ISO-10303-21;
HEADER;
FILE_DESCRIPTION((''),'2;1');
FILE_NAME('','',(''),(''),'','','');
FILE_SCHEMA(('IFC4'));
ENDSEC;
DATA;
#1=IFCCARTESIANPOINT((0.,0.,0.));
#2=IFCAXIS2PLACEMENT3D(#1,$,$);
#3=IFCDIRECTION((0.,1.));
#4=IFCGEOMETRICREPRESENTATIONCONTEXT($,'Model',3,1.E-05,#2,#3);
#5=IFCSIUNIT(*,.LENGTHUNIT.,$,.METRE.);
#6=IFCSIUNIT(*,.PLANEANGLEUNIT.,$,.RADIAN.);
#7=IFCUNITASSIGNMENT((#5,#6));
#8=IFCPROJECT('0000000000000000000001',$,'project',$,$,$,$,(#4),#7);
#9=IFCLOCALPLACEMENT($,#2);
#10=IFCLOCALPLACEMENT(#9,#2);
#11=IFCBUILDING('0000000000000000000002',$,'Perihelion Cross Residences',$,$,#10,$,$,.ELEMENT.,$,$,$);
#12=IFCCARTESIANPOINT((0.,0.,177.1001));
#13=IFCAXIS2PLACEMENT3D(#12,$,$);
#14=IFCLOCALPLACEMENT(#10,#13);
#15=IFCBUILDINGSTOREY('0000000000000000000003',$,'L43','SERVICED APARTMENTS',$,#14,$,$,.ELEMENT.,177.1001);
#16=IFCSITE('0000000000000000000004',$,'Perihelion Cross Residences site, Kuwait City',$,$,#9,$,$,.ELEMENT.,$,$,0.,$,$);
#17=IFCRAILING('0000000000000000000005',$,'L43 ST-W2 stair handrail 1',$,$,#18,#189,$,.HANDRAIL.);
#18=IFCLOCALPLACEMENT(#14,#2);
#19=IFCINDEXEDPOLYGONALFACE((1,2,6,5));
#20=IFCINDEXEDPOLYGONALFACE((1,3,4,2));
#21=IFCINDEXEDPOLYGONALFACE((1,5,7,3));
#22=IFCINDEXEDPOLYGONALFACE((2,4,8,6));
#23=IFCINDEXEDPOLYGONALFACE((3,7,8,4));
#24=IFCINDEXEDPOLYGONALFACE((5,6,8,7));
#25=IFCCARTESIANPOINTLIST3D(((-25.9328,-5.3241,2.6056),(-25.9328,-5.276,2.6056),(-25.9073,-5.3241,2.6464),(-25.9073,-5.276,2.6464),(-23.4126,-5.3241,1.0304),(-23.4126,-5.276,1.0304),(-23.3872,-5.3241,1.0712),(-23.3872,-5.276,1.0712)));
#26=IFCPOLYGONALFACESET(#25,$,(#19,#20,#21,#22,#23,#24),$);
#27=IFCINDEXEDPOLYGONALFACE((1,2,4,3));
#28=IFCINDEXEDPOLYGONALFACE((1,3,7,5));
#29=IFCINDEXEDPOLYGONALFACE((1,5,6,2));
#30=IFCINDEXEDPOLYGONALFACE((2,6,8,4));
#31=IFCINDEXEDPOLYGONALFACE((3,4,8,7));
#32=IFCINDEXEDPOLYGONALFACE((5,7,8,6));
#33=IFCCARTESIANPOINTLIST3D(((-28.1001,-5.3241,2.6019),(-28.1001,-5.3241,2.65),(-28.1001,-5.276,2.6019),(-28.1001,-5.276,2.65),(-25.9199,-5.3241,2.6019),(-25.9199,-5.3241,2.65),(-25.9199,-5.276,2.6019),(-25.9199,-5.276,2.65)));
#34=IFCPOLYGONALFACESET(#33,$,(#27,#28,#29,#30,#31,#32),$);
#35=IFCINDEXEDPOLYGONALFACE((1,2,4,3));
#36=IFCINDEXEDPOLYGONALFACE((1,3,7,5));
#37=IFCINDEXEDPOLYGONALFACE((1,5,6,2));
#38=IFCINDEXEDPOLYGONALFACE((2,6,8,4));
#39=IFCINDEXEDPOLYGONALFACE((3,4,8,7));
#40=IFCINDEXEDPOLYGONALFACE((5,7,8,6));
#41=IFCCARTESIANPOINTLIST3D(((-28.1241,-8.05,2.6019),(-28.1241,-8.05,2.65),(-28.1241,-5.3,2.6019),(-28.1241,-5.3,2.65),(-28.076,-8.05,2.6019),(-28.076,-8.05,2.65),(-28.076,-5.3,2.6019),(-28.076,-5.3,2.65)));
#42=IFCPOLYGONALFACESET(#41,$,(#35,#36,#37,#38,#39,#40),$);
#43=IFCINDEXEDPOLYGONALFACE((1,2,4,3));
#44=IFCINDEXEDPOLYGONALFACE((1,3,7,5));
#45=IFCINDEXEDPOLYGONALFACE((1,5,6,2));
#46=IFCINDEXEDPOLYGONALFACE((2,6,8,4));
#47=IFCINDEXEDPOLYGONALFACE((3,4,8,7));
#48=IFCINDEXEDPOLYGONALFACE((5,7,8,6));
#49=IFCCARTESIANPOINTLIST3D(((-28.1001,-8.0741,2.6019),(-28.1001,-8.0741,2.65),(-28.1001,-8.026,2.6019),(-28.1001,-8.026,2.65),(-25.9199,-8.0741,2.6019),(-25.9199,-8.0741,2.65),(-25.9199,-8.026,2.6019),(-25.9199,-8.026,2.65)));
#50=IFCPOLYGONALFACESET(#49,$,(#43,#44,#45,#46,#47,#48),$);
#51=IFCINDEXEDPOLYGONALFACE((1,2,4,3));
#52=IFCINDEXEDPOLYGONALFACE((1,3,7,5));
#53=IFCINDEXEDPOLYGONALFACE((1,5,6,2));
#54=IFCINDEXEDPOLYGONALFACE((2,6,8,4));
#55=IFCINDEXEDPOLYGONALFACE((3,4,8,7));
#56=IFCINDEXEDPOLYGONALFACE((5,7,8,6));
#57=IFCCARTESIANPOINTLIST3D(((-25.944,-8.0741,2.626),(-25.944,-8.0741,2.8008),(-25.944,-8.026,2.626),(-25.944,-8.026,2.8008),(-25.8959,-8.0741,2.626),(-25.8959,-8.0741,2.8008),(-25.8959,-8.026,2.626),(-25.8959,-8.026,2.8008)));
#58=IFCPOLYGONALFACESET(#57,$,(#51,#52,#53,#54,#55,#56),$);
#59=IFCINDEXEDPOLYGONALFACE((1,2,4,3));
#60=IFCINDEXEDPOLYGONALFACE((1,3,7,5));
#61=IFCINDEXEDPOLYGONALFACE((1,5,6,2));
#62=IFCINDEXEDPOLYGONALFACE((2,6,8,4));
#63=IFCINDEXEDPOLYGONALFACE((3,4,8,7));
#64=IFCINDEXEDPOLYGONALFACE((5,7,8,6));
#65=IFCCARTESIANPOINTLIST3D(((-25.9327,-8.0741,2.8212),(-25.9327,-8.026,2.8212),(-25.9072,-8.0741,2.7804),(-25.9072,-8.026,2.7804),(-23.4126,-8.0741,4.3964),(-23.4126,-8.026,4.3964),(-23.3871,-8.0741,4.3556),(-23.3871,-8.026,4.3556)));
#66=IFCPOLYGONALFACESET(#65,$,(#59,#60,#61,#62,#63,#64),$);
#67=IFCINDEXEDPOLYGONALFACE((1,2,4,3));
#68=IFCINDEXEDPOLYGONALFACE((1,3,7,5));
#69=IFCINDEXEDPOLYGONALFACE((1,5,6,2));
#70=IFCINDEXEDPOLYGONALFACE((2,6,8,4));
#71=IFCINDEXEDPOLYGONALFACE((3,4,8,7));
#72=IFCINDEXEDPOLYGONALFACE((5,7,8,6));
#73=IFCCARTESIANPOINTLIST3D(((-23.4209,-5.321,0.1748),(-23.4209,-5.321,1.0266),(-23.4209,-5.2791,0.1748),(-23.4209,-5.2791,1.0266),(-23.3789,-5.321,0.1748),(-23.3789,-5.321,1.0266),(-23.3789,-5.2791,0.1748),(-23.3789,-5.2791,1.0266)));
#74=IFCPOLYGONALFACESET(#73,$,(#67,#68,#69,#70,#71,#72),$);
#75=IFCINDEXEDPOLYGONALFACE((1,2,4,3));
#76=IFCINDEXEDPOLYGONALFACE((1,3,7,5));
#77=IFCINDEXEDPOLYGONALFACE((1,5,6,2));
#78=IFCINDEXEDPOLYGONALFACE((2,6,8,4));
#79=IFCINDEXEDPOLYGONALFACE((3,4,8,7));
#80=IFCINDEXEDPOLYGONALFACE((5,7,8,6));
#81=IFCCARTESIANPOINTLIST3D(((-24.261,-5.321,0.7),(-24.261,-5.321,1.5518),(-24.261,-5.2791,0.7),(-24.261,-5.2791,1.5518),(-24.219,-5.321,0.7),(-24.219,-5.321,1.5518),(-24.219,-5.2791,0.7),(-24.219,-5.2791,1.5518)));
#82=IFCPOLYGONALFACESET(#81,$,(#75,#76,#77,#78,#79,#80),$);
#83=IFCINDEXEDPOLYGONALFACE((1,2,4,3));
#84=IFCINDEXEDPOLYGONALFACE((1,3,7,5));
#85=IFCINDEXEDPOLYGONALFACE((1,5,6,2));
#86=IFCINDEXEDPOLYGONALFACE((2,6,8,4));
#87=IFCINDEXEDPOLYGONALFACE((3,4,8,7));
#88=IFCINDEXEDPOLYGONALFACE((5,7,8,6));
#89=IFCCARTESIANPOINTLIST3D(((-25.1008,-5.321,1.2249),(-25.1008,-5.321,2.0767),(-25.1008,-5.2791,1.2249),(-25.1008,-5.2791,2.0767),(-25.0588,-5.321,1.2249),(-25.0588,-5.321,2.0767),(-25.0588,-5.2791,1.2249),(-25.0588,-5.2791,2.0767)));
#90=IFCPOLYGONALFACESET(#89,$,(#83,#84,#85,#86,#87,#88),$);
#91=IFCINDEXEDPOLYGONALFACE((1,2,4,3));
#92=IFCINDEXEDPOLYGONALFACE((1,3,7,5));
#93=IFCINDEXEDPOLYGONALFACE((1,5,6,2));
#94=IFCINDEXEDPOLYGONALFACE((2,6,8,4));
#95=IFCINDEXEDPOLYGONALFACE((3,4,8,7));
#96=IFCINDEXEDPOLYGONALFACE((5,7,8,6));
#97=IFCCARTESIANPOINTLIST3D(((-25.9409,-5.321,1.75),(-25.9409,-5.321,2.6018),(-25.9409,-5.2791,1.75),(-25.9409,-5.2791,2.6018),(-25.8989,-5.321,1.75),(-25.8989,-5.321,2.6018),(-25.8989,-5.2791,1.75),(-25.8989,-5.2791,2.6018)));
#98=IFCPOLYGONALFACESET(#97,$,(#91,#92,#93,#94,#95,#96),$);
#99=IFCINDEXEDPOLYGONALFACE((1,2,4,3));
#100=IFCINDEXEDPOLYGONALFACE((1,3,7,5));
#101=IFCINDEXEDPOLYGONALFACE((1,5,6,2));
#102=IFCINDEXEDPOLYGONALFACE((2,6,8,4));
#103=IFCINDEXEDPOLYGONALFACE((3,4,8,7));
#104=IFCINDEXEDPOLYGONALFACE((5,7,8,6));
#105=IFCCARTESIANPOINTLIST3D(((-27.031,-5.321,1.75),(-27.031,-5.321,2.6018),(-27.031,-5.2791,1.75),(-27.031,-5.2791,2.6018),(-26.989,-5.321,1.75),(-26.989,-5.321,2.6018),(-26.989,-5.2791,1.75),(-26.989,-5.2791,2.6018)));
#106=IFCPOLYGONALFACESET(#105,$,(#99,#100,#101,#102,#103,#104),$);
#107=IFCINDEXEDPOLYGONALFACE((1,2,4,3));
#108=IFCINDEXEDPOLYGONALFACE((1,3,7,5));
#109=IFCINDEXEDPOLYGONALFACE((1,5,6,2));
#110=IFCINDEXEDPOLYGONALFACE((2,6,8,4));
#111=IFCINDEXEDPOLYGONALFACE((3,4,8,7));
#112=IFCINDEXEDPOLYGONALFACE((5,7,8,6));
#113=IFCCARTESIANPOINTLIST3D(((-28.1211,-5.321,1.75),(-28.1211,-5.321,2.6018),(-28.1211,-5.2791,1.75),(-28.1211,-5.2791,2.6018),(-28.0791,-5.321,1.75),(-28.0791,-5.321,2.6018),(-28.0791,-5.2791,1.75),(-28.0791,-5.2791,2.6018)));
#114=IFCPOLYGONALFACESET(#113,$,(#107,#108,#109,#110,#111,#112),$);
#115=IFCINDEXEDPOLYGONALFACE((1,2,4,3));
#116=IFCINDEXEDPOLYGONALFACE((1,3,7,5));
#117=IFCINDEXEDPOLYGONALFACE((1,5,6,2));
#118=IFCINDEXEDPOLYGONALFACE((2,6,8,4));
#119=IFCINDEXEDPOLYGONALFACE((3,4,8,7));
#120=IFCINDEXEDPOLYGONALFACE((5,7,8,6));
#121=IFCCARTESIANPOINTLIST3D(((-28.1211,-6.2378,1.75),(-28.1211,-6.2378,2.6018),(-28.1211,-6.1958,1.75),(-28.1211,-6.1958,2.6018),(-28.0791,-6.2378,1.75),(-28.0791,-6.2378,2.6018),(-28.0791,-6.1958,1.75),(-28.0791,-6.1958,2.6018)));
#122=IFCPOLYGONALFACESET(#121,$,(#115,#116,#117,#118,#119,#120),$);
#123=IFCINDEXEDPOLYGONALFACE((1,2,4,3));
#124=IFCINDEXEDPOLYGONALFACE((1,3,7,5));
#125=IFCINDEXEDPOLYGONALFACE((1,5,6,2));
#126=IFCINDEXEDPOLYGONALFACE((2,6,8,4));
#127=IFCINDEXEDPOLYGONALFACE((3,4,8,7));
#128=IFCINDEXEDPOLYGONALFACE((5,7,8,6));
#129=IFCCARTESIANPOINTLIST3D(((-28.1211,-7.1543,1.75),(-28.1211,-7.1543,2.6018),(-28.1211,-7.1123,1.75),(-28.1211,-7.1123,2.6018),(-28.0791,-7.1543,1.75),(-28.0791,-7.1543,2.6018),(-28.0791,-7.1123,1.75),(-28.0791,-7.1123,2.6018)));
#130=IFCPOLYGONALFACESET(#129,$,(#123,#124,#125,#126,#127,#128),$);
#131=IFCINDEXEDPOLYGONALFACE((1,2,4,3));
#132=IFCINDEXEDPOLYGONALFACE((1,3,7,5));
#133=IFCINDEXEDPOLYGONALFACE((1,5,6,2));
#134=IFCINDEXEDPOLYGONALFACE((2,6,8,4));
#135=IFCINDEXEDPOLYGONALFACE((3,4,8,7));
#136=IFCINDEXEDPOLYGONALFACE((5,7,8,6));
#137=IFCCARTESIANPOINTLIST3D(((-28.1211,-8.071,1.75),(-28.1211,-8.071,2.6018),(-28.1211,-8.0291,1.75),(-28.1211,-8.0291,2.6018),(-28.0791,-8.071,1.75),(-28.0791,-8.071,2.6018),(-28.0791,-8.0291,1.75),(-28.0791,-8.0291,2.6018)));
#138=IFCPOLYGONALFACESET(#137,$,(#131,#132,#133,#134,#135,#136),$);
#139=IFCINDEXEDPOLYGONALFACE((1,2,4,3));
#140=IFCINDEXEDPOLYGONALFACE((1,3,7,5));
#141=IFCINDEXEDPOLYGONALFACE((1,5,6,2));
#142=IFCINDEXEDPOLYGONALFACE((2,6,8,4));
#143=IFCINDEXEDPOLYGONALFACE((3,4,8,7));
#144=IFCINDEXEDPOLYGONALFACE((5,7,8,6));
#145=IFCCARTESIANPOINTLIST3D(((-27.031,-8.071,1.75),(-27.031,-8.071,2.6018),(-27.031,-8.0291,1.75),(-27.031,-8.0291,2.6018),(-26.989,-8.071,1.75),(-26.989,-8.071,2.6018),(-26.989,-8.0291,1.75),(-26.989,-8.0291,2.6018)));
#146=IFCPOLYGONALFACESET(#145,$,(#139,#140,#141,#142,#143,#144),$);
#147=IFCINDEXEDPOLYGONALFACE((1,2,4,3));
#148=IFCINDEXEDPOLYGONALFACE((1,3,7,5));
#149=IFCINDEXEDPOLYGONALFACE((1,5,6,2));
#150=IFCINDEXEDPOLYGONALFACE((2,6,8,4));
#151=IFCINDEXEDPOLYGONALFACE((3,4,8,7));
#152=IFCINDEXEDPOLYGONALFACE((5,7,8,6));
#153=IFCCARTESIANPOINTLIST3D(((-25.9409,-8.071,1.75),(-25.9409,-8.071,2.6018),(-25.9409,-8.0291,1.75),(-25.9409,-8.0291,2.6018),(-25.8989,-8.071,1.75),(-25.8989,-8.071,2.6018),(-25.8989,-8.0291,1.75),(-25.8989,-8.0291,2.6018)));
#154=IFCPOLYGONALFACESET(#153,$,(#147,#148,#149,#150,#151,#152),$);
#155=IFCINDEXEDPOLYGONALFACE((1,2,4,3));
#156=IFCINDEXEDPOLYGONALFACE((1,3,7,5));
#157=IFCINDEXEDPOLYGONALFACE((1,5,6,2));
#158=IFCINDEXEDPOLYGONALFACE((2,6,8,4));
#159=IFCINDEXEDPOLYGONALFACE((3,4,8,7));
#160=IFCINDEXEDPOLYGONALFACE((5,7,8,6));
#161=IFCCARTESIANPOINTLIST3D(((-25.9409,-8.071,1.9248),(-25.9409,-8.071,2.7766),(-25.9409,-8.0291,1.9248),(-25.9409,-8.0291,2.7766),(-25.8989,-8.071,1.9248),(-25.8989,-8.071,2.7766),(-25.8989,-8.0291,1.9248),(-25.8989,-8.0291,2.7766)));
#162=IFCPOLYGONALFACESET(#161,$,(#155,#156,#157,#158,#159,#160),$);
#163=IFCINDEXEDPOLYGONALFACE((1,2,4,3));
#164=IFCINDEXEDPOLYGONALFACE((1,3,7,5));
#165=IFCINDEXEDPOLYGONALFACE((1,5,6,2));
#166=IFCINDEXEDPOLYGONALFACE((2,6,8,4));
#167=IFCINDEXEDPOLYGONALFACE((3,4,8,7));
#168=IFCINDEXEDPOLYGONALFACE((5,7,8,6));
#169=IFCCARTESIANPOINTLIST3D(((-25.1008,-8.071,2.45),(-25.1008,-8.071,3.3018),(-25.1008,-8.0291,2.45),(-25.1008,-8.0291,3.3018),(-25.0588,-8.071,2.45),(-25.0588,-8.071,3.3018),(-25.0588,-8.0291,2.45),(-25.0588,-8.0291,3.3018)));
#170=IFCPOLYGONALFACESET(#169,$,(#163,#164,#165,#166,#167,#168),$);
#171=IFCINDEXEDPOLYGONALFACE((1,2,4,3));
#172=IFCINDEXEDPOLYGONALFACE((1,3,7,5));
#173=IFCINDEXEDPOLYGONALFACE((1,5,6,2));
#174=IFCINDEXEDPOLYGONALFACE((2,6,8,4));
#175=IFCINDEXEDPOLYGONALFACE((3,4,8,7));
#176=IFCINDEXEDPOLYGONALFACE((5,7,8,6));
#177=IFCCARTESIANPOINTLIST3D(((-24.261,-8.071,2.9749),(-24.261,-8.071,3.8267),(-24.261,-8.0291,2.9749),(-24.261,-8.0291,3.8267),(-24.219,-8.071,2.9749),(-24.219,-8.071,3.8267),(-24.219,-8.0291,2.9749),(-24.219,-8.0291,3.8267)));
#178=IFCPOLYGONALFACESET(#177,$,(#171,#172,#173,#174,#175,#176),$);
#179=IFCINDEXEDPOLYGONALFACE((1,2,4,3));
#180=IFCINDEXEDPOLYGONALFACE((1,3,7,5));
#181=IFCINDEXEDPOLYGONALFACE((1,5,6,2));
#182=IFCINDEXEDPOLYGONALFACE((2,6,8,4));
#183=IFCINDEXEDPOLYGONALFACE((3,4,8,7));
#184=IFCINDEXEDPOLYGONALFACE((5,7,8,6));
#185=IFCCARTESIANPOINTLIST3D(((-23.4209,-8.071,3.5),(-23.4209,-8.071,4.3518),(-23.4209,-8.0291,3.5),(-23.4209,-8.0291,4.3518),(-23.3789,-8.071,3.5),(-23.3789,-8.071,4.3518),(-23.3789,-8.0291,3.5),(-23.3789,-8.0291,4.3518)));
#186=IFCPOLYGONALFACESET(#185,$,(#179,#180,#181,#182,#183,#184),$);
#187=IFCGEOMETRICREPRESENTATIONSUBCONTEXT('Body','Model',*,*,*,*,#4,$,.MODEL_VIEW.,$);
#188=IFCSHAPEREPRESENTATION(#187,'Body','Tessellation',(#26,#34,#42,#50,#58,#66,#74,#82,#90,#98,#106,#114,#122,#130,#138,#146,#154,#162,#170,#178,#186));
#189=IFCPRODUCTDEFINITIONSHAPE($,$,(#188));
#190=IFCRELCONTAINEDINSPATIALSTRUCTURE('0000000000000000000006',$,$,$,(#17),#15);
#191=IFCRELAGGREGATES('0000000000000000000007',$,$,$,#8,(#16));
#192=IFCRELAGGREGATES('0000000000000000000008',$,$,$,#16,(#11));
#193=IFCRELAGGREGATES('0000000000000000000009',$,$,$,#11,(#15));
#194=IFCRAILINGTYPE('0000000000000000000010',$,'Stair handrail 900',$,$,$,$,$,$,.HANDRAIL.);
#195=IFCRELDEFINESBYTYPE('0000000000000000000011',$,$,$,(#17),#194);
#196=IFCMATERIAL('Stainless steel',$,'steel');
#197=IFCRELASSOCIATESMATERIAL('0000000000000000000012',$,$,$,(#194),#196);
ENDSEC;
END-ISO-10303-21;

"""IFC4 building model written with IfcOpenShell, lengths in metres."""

from ifc_helpers import new_model, si_unit, direction, frame, origin, origin_2d, place, context, subcontext, project, spatial, rectangle, extrude, material, type_object, element, save


model = new_model("IFC4")

# Units and contexts
model_context = context("Model", 3, precision=1e-05, world=origin(), true_north=direction((0.0, 1.0)))
body_context = subcontext(model_context, "Body", "Model", "MODEL_VIEW")
ifc_project = project(units=[si_unit("LENGTHUNIT", "METRE"), si_unit("PLANEANGLEUNIT", "RADIAN")], contexts=[model_context])

# Site, building, storey
site_placement = place(None, origin())
site = spatial("IfcSite", under=ifc_project, at=site_placement, Name="Perihelion Cross Residences site, Kuwait City", CompositionType="ELEMENT", RefElevation=0.0)
building_placement = place(site_placement, origin())
building = spatial("IfcBuilding", under=site, at=building_placement, Name="Perihelion Cross Residences", CompositionType="ELEMENT")
storey_placement = place(building_placement, frame((0.0, 0.0, 177.1001)))
storey = spatial("IfcBuildingStorey", under=building, at=storey_placement, Name="L43", Description="SERVICED APARTMENTS", CompositionType="ELEMENT", Elevation=177.1001)

# Railing
ifc_material_1 = material(Name="Stainless steel", Category="steel")
railing_type_1 = type_object("IfcRailingType", Name="Stair handrail 900", PredefinedType="HANDRAIL", material=ifc_material_1)
railing_1_placement = place(storey_placement, frame((-23.3999, -5.3, 0.1748)))
element("IfcRailing", 1, at=railing_1_placement, inside=storey, type_object=railing_type_1, Name="L43 ST-W2 stair handrail 1", PredefinedType="HANDRAIL", context=body_context, shape_type="SweptSolid", body=[
    extrude(rectangle(XDim=0.0481, YDim=0.0481, at=origin_2d()), frame((0.0, 0.0, 0.876), z_axis=(-0.847971, 0.0, 0.530043), x_axis=(0.0, -1.0, 0.0)), (0.0, 0.0, 1.0), 2.9719),
    extrude(rectangle(XDim=0.0481, YDim=0.0481, at=origin_2d()), frame((-2.52, 0.0, 2.4512), z_axis=(-1.0, 0.0, 0.0), x_axis=(0.0, -1.0, 0.0)), (0.0, 0.0, 1.0), 2.1802),
    extrude(rectangle(XDim=0.0481, YDim=0.0481, at=origin_2d()), frame((-4.7002, 0.0, 2.4512), z_axis=(0.0, -1.0, 0.0), x_axis=(1.0, 0.0, 0.0)), (0.0, 0.0, 1.0), 2.75),
    extrude(rectangle(XDim=0.0481, YDim=0.0481, at=origin_2d()), frame((-4.7002, -2.75, 2.4512), z_axis=(1.0, 0.0, 0.0), x_axis=(0.0, 1.0, 0.0)), (0.0, 0.0, 1.0), 2.1802),
    extrude(rectangle(XDim=0.0481, YDim=0.0481, at=origin_2d()), frame((-2.52, -2.75, 2.4512), z_axis=(0.0, 0.0, 1.0), x_axis=(1.0, 0.0, 0.0)), (0.0, 0.0, 1.0), 0.1748),
    extrude(rectangle(XDim=0.0481, YDim=0.0481, at=origin_2d()), frame((-2.52, -2.75, 2.626), z_axis=(0.847971, 0.0, 0.530043), x_axis=(0.0, 1.0, 0.0)), (0.0, 0.0, 1.0), 2.9719),
    extrude(rectangle(XDim=0.042, YDim=0.042, at=origin_2d()), origin(), (0.0, 0.0, 1.0), 0.8518),
    extrude(rectangle(XDim=0.042, YDim=0.042, at=origin_2d()), frame((-0.8401, 0.0, 0.5251)), (0.0, 0.0, 1.0), 0.8518),
    extrude(rectangle(XDim=0.042, YDim=0.042, at=origin_2d()), frame((-1.6799, 0.0, 1.05)), (0.0, 0.0, 1.0), 0.8518),
    extrude(rectangle(XDim=0.042, YDim=0.042, at=origin_2d()), frame((-2.52, 0.0, 1.5752)), (0.0, 0.0, 1.0), 0.8518),
    extrude(rectangle(XDim=0.042, YDim=0.042, at=origin_2d()), frame((-3.6101, 0.0, 1.5752)), (0.0, 0.0, 1.0), 0.8518),
    extrude(rectangle(XDim=0.042, YDim=0.042, at=origin_2d()), frame((-4.7002, 0.0, 1.5752)), (0.0, 0.0, 1.0), 0.8518),
    extrude(rectangle(XDim=0.042, YDim=0.042, at=origin_2d()), frame((-4.7002, -0.9167, 1.5752)), (0.0, 0.0, 1.0), 0.8518),
    extrude(rectangle(XDim=0.042, YDim=0.042, at=origin_2d()), frame((-4.7002, -1.8333, 1.5752)), (0.0, 0.0, 1.0), 0.8518),
    extrude(rectangle(XDim=0.042, YDim=0.042, at=origin_2d()), frame((-4.7002, -2.75, 1.5752)), (0.0, 0.0, 1.0), 0.8518),
    extrude(rectangle(XDim=0.042, YDim=0.042, at=origin_2d()), frame((-3.6101, -2.75, 1.5752)), (0.0, 0.0, 1.0), 0.8518),
    extrude(rectangle(XDim=0.042, YDim=0.042, at=origin_2d()), frame((-2.52, -2.75, 1.5752)), (0.0, 0.0, 1.0), 0.8518),
    extrude(rectangle(XDim=0.042, YDim=0.042, at=origin_2d()), frame((-2.52, -2.75, 1.75)), (0.0, 0.0, 1.0), 0.8518),
    extrude(rectangle(XDim=0.042, YDim=0.042, at=origin_2d()), frame((-1.6799, -2.75, 2.2751)), (0.0, 0.0, 1.0), 0.8518),
    extrude(rectangle(XDim=0.042, YDim=0.042, at=origin_2d()), frame((-0.8401, -2.75, 2.8)), (0.0, 0.0, 1.0), 0.8518),
    extrude(rectangle(XDim=0.042, YDim=0.042, at=origin_2d()), frame((0.0, -2.75, 3.3252)), (0.0, 0.0, 1.0), 0.8518),
])

save(model, "model.ifc")
